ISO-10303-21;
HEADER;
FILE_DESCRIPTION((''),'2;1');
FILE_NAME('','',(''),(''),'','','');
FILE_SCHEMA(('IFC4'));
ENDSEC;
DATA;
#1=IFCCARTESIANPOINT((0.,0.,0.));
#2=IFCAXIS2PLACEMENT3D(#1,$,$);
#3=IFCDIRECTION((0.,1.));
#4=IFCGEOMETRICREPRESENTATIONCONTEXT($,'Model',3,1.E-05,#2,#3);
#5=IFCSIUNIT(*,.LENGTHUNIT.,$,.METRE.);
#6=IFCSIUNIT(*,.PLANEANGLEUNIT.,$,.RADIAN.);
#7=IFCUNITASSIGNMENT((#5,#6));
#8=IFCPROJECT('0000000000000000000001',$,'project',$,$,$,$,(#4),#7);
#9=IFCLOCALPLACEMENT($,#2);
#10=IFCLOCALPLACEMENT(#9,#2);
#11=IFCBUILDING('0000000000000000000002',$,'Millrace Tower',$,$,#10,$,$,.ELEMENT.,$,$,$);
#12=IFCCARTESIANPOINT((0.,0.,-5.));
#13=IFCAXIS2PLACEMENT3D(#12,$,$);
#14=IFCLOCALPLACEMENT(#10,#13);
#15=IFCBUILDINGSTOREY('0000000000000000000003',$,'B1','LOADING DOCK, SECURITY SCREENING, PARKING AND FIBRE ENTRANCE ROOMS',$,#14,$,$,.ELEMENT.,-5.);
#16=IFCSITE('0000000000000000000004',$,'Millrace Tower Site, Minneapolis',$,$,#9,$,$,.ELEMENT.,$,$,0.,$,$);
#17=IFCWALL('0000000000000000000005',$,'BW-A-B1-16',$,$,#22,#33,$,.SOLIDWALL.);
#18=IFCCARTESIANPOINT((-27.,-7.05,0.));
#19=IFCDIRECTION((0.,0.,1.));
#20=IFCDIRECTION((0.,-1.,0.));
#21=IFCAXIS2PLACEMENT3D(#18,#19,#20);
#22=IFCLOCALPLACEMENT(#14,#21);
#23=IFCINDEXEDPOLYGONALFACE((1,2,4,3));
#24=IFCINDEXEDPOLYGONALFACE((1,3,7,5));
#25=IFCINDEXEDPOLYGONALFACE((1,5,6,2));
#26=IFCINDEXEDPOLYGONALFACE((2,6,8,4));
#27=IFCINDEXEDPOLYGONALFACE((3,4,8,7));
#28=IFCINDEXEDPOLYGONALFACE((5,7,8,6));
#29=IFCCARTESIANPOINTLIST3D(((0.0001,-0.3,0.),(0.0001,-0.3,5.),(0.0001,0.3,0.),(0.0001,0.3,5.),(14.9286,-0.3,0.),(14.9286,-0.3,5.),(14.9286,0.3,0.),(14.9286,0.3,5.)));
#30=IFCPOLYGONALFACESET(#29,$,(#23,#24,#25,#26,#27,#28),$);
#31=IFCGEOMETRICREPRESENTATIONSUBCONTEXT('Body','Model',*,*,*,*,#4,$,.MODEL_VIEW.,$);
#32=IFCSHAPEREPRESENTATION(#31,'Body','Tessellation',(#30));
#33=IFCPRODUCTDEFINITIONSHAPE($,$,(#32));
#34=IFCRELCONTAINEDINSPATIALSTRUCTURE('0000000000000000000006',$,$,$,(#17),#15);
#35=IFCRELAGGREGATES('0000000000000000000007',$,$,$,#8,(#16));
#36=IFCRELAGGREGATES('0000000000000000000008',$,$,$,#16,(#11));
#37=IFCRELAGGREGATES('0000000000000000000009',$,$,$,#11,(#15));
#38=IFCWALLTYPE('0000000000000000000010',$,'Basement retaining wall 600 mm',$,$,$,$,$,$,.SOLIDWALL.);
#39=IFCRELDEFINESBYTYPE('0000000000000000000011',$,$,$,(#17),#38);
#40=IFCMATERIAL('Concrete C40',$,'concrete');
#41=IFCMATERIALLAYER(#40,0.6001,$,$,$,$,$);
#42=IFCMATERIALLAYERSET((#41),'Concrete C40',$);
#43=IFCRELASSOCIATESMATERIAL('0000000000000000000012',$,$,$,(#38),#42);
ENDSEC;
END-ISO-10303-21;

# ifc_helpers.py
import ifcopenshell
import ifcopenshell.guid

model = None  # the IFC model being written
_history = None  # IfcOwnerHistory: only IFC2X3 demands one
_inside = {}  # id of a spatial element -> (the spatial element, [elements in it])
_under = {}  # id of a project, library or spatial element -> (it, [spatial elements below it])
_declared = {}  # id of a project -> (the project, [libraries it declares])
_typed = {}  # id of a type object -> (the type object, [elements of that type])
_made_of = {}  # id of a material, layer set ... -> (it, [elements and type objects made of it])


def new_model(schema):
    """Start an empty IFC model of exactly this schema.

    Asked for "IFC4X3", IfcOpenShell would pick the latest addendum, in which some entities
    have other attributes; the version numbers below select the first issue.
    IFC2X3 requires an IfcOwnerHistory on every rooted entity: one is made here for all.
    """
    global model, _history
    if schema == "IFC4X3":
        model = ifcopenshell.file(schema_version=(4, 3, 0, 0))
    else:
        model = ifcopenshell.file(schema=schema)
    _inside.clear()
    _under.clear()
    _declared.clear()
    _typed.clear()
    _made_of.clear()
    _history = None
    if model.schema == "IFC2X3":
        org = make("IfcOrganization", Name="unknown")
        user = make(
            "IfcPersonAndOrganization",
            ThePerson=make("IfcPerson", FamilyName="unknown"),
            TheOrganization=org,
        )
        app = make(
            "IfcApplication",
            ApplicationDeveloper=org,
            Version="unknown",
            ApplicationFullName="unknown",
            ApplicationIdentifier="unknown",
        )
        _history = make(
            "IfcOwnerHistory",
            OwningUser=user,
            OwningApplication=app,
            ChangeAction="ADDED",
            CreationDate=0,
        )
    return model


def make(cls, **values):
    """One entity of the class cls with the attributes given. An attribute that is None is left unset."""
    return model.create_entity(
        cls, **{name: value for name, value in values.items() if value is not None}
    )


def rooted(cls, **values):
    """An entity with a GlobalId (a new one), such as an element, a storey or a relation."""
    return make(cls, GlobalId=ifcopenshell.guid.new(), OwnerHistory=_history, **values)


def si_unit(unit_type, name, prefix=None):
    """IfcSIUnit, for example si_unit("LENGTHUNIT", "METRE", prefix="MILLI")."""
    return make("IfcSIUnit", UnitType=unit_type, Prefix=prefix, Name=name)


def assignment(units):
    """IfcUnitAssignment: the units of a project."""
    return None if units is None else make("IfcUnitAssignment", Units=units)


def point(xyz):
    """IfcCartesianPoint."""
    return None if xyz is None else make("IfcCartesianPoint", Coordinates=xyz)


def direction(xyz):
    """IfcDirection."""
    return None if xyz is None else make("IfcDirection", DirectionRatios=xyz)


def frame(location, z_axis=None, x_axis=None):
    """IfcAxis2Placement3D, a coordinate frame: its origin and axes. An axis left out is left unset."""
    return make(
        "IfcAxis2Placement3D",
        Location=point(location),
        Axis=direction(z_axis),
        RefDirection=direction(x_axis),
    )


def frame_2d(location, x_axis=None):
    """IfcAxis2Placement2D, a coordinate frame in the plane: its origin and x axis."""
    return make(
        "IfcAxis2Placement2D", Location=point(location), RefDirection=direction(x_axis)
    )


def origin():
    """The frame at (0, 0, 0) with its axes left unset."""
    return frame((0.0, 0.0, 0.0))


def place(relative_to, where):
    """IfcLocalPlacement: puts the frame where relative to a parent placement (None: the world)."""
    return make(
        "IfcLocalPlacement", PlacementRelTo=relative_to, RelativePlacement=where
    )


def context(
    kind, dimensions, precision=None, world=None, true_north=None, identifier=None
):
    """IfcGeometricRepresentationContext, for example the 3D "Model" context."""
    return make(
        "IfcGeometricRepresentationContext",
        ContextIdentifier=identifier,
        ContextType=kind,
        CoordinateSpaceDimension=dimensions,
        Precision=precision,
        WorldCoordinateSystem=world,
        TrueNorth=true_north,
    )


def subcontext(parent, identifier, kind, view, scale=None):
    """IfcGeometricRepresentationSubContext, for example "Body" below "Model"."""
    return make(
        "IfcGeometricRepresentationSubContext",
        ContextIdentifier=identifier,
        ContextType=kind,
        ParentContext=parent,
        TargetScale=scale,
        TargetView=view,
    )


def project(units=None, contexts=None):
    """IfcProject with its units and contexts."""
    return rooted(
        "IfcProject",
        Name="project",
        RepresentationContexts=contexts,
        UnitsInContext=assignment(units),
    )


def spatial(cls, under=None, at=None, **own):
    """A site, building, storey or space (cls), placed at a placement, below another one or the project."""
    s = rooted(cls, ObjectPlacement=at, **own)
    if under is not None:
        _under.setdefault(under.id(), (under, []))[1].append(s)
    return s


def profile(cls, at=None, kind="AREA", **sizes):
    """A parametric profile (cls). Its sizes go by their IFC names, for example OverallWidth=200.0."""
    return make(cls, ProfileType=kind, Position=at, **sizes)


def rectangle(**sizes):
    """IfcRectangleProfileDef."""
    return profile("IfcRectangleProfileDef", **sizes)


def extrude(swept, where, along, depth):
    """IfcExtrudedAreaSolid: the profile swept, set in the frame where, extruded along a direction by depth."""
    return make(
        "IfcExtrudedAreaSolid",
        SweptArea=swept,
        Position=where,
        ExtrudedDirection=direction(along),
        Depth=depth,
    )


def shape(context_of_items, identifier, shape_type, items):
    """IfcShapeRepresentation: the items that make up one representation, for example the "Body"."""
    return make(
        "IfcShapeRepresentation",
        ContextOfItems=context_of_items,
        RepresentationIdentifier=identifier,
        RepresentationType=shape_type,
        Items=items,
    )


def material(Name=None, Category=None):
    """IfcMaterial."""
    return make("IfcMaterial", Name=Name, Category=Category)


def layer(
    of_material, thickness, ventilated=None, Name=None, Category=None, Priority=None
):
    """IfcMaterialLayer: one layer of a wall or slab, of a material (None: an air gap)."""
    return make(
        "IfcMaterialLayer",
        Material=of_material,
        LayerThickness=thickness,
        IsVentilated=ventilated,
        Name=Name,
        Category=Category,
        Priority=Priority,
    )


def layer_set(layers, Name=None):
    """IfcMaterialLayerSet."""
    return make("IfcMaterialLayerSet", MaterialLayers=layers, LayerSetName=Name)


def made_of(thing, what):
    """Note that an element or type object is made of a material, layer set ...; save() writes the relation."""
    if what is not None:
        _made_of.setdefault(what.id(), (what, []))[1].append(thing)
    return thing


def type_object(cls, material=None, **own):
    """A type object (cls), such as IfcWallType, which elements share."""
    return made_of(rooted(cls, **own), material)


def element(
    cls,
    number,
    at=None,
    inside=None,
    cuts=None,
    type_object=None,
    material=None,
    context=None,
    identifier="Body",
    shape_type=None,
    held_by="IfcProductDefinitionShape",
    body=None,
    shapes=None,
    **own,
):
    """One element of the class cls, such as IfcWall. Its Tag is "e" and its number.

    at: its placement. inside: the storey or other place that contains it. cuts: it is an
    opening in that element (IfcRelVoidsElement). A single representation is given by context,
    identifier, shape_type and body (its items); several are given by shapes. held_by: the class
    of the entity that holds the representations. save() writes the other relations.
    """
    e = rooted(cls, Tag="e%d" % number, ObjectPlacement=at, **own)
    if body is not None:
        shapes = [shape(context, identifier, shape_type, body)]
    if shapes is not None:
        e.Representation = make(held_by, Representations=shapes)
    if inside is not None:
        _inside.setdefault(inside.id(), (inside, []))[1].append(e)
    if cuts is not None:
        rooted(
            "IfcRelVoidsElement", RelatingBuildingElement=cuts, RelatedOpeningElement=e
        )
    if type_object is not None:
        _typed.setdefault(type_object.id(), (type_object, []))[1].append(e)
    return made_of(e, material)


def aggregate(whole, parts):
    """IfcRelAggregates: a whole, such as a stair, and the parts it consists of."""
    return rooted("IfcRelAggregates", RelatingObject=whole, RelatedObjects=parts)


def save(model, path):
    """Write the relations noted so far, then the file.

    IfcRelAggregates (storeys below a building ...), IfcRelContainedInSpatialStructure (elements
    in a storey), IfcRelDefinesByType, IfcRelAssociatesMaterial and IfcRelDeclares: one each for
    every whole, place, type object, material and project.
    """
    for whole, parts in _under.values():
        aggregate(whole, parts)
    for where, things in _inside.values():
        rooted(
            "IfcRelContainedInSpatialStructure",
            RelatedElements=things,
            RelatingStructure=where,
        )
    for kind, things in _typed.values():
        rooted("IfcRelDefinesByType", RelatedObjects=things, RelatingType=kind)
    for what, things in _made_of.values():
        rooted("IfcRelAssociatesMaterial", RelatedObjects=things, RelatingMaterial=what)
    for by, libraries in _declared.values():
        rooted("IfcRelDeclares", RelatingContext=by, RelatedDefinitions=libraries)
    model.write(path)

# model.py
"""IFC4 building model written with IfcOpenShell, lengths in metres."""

from ifc_helpers import new_model, si_unit, direction, frame, frame_2d, origin, place, context, subcontext, project, spatial, rectangle, extrude, material, layer, layer_set, type_object, element, save


model = new_model("IFC4")

# Units and contexts
model_context = context("Model", 3, precision=1e-05, world=origin(), true_north=direction((0.0, 1.0)))
body_context = subcontext(model_context, "Body", "Model", "MODEL_VIEW")
ifc_project = project(units=[si_unit("LENGTHUNIT", "METRE"), si_unit("PLANEANGLEUNIT", "RADIAN")], contexts=[model_context])

# Site, building, storey
site_placement = place(None, origin())
site = spatial("IfcSite", under=ifc_project, at=site_placement, Name="Millrace Tower Site, Minneapolis", CompositionType="ELEMENT", RefElevation=0.0)
building_placement = place(site_placement, origin())
building = spatial("IfcBuilding", under=site, at=building_placement, Name="Millrace Tower", CompositionType="ELEMENT")
storey_placement = place(building_placement, frame((0.0, 0.0, -5.0)))
storey = spatial("IfcBuildingStorey", under=building, at=storey_placement, Name="B1", Description="LOADING DOCK, SECURITY SCREENING, PARKING AND FIBRE ENTRANCE ROOMS", CompositionType="ELEMENT", Elevation=-5.0)

# Shared definitions
placement = place(storey_placement, frame((-27.0, -7.05, 0.0), z_axis=(0.0, 0.0, 1.0), x_axis=(0.0, -1.0, 0.0)))

# Wall
ifc_material_1 = material(Name="Concrete C40", Category="concrete")
ifc_layer_1 = layer(ifc_material_1, 0.6001)
ifc_layer_set_1 = layer_set([ifc_layer_1], Name="Concrete C40")
wall_type_1 = type_object("IfcWallType", Name="Basement retaining wall 600 mm", PredefinedType="SOLIDWALL", material=ifc_layer_set_1)
element("IfcWall", 1, at=placement, inside=storey, type_object=wall_type_1, Name="BW-A-B1-16", PredefinedType="SOLIDWALL", context=body_context, shape_type="SweptSolid", body=[
    extrude(rectangle(XDim=14.9285, YDim=0.6001, at=frame_2d((7.4644, 0.0))), origin(), (0.0, 0.0, 1.0), 5.0),
])

save(model, "model.ifc")
